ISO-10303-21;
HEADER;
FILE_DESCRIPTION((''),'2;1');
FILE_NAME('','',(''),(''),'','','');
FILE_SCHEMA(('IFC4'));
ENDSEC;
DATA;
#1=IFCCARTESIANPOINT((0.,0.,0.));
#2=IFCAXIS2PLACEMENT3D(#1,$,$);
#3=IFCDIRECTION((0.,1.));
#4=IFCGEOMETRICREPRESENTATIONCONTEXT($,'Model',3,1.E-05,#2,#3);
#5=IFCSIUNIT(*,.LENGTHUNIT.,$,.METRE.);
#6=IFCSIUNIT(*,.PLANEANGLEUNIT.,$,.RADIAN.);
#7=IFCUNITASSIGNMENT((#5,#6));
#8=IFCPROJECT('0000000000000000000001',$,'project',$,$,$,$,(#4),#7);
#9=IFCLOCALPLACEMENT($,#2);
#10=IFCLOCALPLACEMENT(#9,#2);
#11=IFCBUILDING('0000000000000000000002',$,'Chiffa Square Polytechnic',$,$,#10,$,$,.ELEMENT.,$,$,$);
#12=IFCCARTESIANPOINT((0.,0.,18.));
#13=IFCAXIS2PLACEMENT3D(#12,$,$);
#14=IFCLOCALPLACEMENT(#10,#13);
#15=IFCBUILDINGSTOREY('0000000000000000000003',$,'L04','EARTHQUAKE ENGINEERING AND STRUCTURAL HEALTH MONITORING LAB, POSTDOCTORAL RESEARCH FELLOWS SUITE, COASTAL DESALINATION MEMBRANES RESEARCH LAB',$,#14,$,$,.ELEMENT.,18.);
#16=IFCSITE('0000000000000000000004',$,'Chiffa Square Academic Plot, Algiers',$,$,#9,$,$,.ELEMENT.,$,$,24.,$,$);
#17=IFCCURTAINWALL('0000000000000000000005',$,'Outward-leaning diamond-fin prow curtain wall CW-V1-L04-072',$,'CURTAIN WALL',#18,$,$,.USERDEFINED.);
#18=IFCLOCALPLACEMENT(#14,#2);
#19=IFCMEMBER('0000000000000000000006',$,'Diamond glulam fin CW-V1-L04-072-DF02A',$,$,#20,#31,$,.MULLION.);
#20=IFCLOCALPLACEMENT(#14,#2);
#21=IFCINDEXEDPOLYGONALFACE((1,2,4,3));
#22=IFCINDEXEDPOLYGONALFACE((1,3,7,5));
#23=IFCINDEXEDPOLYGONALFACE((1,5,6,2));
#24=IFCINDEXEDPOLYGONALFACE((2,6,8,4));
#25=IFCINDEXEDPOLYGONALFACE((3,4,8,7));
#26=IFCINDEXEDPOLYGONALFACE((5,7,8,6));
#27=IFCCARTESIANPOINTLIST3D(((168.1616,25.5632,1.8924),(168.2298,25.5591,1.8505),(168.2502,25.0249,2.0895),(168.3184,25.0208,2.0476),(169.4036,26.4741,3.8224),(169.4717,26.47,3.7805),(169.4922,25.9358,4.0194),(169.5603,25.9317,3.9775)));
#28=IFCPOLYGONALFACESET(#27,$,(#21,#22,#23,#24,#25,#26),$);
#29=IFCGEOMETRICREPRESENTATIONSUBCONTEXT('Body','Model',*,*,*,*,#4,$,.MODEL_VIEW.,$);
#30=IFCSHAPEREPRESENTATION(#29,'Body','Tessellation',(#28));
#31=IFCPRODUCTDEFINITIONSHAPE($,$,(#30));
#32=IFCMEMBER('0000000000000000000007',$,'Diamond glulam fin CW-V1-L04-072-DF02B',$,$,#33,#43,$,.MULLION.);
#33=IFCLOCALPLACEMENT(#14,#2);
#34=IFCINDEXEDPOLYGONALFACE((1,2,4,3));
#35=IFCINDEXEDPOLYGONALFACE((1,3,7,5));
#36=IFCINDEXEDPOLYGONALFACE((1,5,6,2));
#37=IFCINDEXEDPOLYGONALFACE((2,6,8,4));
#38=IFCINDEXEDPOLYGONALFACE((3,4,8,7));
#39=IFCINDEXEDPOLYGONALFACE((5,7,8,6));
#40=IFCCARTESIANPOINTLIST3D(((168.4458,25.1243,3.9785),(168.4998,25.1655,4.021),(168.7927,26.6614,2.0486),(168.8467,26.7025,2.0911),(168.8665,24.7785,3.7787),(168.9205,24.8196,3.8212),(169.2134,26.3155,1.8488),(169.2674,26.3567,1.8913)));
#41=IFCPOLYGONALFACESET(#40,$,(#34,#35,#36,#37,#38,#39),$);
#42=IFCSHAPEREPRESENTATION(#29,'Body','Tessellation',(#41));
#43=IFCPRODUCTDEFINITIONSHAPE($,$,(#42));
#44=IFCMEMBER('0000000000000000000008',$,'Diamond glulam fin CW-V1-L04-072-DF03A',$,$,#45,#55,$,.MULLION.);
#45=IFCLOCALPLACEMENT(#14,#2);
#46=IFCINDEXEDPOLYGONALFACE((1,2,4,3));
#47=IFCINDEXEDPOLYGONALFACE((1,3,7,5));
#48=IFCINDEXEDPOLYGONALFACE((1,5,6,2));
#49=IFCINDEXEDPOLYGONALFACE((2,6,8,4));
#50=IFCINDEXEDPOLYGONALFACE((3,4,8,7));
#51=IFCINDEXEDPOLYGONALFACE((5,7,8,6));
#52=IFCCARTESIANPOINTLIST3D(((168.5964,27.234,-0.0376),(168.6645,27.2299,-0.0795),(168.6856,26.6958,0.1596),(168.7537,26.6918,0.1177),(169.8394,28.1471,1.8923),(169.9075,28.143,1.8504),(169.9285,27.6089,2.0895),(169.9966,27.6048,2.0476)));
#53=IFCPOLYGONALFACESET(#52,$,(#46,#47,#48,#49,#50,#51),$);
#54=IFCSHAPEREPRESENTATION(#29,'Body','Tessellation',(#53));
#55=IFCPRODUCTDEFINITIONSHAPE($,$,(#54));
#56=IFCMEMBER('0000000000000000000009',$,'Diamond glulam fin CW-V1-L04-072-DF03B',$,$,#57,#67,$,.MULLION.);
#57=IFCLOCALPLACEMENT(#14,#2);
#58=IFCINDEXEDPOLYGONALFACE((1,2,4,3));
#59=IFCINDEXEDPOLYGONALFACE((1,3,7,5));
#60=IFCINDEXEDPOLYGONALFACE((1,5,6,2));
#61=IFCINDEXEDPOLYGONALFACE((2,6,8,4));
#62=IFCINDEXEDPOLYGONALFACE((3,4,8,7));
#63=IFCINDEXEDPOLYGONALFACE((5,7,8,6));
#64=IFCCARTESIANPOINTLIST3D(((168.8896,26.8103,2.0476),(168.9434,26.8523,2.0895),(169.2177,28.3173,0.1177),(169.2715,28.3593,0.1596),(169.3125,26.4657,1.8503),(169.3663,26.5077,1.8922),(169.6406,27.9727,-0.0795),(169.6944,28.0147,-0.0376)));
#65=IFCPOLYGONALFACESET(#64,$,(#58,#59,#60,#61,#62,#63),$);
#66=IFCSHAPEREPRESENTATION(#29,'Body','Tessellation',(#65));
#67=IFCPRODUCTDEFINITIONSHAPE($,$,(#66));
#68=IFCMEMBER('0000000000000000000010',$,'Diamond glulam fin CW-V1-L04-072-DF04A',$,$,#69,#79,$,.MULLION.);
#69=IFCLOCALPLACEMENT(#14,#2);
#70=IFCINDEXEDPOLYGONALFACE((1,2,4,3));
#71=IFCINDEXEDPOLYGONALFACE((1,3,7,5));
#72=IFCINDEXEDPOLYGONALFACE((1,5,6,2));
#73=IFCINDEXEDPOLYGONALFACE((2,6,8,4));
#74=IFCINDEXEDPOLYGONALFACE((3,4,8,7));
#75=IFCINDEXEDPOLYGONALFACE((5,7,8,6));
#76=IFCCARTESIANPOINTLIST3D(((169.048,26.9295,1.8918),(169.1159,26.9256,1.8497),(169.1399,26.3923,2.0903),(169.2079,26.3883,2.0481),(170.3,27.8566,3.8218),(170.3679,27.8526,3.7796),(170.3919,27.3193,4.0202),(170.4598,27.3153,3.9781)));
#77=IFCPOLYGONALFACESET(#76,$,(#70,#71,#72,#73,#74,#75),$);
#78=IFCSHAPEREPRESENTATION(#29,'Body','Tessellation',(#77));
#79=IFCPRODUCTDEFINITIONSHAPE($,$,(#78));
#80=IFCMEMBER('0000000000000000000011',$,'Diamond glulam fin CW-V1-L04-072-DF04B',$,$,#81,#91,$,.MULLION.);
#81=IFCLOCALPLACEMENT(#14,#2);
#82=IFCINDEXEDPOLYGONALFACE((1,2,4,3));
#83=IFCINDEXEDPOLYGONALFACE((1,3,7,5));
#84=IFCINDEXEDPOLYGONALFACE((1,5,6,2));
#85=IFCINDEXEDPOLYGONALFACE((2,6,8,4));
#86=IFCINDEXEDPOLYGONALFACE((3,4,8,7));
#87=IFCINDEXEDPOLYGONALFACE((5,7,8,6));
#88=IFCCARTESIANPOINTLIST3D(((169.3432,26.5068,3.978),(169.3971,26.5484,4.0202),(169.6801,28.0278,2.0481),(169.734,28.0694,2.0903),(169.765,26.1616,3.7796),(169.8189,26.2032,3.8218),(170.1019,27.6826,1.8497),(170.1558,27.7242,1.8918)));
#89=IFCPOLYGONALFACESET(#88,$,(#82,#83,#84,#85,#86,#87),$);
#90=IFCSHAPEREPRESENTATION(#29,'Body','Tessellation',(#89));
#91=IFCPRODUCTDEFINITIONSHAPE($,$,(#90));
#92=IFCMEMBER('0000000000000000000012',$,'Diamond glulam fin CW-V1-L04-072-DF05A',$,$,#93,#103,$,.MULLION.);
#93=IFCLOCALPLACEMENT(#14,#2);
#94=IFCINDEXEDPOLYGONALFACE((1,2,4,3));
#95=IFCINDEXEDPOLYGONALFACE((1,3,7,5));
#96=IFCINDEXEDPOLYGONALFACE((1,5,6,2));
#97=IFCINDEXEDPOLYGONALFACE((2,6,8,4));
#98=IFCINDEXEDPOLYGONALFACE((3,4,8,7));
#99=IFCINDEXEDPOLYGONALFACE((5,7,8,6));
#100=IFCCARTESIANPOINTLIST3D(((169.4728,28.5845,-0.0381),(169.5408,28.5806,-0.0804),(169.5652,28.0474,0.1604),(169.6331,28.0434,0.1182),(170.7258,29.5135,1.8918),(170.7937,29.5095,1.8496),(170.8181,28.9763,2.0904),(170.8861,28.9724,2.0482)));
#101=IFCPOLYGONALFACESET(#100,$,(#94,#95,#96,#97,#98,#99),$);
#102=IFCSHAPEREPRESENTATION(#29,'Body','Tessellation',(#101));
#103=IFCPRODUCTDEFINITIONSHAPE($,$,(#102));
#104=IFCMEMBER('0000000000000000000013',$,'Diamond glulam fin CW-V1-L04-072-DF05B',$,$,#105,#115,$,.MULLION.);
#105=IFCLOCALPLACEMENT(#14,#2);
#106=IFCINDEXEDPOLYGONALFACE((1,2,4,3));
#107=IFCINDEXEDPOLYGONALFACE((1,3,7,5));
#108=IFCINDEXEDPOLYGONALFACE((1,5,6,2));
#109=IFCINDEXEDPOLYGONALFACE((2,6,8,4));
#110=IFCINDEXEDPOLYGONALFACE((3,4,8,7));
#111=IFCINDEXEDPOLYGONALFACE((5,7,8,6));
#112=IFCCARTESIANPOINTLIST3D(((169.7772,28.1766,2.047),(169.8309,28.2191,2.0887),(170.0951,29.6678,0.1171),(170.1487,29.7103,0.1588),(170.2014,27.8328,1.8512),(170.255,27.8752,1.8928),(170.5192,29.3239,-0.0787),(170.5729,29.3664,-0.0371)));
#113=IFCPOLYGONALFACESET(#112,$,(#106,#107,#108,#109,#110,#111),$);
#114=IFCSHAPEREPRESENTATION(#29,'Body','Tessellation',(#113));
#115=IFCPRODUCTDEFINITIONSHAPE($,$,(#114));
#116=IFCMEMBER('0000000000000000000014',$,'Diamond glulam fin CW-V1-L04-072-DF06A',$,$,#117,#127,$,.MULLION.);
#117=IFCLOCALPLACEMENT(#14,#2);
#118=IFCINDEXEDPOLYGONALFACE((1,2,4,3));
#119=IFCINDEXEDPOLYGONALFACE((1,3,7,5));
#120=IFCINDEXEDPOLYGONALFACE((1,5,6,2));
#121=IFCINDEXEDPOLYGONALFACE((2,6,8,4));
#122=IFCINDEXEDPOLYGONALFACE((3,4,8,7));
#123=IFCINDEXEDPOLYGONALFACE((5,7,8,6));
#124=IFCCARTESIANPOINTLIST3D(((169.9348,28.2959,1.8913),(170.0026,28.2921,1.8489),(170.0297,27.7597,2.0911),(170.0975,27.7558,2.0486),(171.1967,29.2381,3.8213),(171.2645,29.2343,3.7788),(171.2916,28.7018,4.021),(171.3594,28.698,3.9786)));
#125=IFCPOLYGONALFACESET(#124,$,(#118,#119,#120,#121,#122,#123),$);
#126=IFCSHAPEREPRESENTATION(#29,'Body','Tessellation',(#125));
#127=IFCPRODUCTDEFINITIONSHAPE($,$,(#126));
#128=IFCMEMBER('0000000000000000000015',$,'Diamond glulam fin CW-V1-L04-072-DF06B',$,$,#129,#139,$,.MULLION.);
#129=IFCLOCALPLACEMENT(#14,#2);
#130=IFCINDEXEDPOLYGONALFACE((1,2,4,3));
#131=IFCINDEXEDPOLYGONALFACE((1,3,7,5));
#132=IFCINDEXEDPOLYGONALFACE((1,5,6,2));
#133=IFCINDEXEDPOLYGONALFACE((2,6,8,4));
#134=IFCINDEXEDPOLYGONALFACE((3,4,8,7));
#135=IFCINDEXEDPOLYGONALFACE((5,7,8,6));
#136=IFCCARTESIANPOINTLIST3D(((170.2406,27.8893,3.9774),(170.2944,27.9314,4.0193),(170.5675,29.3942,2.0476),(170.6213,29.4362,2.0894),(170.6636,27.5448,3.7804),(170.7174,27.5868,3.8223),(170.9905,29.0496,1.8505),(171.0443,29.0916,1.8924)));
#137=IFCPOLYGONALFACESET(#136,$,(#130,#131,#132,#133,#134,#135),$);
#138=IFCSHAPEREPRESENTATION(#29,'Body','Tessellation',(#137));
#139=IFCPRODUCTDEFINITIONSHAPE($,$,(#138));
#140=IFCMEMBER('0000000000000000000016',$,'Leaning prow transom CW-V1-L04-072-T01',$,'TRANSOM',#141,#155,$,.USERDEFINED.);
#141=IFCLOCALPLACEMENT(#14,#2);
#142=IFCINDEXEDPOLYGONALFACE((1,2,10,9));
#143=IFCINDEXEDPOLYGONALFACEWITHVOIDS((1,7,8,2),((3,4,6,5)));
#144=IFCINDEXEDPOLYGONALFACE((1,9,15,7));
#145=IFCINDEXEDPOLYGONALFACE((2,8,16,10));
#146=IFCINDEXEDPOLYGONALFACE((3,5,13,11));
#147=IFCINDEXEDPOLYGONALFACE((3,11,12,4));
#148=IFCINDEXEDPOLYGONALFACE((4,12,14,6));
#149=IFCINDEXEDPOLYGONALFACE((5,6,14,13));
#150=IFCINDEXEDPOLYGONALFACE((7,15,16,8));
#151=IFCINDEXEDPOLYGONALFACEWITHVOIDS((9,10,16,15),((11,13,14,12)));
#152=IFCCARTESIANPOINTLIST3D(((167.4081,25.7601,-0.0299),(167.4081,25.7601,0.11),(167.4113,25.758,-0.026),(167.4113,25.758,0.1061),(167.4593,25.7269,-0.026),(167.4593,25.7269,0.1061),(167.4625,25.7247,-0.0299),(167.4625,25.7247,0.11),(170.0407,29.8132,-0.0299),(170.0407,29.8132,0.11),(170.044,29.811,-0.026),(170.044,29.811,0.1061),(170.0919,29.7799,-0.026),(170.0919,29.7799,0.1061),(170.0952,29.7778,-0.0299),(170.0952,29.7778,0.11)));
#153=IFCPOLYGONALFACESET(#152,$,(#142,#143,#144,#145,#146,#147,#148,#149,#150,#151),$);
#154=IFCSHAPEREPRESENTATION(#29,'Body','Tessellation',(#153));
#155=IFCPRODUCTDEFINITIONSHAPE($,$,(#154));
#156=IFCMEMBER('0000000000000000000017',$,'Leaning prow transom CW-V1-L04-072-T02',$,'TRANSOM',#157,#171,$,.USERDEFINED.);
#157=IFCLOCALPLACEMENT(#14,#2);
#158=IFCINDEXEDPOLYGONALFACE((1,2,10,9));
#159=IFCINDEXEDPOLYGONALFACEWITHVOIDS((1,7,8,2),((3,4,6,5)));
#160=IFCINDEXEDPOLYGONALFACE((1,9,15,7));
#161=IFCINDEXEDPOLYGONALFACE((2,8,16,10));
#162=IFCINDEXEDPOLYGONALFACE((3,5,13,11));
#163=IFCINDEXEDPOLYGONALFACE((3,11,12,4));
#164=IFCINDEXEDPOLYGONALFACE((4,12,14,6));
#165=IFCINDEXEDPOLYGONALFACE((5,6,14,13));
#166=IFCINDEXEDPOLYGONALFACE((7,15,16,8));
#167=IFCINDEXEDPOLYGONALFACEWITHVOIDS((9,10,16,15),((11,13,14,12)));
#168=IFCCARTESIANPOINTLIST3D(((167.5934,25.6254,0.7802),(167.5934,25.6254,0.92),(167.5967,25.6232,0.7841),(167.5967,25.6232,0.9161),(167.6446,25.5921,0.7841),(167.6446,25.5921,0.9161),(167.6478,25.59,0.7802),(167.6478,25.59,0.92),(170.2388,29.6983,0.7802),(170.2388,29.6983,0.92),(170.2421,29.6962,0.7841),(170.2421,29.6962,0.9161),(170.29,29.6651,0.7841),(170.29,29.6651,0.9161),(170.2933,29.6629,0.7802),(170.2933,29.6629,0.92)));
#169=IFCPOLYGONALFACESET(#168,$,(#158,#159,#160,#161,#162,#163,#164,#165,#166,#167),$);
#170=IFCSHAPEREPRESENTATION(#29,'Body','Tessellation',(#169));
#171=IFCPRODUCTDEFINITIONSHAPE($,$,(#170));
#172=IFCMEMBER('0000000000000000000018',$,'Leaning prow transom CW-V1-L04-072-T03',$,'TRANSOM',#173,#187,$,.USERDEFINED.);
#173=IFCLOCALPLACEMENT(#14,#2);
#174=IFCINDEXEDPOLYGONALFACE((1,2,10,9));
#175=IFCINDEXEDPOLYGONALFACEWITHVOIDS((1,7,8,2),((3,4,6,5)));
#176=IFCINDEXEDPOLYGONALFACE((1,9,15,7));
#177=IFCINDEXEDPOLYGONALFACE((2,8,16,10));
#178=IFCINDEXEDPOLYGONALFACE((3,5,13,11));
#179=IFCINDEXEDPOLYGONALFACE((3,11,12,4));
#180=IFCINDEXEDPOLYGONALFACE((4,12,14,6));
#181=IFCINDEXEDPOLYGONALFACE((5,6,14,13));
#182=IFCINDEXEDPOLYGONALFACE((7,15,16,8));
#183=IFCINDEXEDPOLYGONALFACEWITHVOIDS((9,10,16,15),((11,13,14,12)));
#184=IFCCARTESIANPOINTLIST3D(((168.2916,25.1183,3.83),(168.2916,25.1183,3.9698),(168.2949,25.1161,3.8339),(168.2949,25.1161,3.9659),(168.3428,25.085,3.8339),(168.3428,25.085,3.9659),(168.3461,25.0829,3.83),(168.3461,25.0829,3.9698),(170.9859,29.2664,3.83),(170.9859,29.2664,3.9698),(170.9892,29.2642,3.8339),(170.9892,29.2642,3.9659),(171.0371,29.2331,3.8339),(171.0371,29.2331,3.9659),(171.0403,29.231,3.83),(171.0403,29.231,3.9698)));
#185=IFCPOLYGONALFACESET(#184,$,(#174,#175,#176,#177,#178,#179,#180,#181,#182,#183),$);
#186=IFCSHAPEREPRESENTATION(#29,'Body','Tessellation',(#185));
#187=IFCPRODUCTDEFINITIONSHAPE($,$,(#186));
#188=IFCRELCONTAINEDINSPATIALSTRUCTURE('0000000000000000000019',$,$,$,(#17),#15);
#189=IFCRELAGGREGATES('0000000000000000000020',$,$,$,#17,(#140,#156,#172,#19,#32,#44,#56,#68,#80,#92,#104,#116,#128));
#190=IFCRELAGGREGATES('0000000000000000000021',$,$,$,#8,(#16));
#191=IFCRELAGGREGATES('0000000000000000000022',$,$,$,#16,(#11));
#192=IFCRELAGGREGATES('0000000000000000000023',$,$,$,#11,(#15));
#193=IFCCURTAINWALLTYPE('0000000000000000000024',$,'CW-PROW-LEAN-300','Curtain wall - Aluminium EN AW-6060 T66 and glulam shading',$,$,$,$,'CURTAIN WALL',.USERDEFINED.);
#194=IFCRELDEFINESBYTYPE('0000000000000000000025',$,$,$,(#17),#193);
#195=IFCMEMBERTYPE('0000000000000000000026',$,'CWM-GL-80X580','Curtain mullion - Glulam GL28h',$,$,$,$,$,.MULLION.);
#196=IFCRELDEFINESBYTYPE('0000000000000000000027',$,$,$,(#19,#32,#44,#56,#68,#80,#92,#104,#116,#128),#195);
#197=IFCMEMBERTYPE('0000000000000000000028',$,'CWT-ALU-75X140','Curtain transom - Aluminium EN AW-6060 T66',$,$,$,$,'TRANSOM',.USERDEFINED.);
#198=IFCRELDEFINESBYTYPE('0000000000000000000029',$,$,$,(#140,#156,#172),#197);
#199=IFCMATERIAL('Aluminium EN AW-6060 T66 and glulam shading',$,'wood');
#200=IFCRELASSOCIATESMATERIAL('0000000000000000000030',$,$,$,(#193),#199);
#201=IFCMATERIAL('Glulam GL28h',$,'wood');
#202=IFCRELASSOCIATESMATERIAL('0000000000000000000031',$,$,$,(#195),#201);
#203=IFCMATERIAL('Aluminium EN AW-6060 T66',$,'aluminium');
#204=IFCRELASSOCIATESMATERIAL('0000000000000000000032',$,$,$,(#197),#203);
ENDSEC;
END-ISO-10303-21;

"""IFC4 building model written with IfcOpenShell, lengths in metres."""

from ifc_helpers import new_model, si_unit, direction, frame, origin, origin_2d, place, context, subcontext, project, spatial, rectangle, hollow_rectangle, extrude, material, material_profile, profile_set, type_object, element, aggregate, save


model = new_model("IFC4")

# Units and contexts
model_context = context("Model", 3, precision=1e-05, world=origin(), true_north=direction((0.0, 1.0)))
body_context = subcontext(model_context, "Body", "Model", "MODEL_VIEW")
ifc_project = project(units=[si_unit("LENGTHUNIT", "METRE"), si_unit("PLANEANGLEUNIT", "RADIAN")], contexts=[model_context])

# Site, building, storey
site_placement = place(None, origin())
site = spatial("IfcSite", under=ifc_project, at=site_placement, Name="Chiffa Square Academic Plot, Algiers", CompositionType="ELEMENT", RefElevation=24.0)
building_placement = place(site_placement, origin())
building = spatial("IfcBuilding", under=site, at=building_placement, Name="Chiffa Square Polytechnic", CompositionType="ELEMENT")
storey_placement = place(building_placement, frame((0.0, 0.0, 18.0)))
storey = spatial("IfcBuildingStorey", under=building, at=storey_placement, Name="L04", Description="EARTHQUAKE ENGINEERING AND STRUCTURAL HEALTH MONITORING LAB, POSTDOCTORAL RESEARCH FELLOWS SUITE, COASTAL DESALINATION MEMBRANES RESEARCH LAB", CompositionType="ELEMENT", Elevation=18.0)

# Shared definitions
ifc_material_1 = material(Name="Aluminium EN AW-6060 T66 and glulam shading", Category="wood")
ifc_material_2 = material(Name="Aluminium EN AW-6060 T66", Category="aluminium")

# Curtain wall
curtain_wall_type_1 = type_object("IfcCurtainWallType", Name="CW-PROW-LEAN-300", Description="Curtain wall - Aluminium EN AW-6060 T66 and glulam shading", ElementType="CURTAIN WALL", PredefinedType="USERDEFINED", material=ifc_material_1)
curtain_wall_1_placement = place(storey_placement, origin())
curtain_wall_1 = element("IfcCurtainWall", 1, at=curtain_wall_1_placement, inside=storey, type_object=curtain_wall_type_1, Name="Outward-leaning diamond-fin prow curtain wall CW-V1-L04-072", ObjectType="CURTAIN WALL", PredefinedType="USERDEFINED")

# Members
ifc_material_3 = material(Name="Glulam GL28h", Category="wood")
ifc_material_profile_1 = material_profile(ifc_material_3, rectangle(XDim=0.0801, YDim=0.5801, at=origin_2d()), Name="GL28h 80x580")
ifc_profile_set_1 = profile_set([ifc_material_profile_1], Name="Glulam GL28h")
member_type_1 = type_object("IfcMemberType", Name="CWM-GL-80X580", Description="Curtain mullion - Glulam GL28h", PredefinedType="MULLION", material=ifc_profile_set_1)
member_1_placement = place(storey_placement, frame((168.24, 25.292, 1.97), z_axis=(0.502981, 0.368905, 0.781613), x_axis=(-0.850694, 0.051493, 0.523132)))
member_1 = element("IfcMember", 2, at=member_1_placement, type_object=member_type_1, Name="Diamond glulam fin CW-V1-L04-072-DF02A", PredefinedType="MULLION", context=body_context, shape_type="SweptSolid", body=[
    extrude(rectangle(XDim=0.0801, YDim=0.5801, at=origin_2d()), origin(), (0.0, 0.0, 1.0), 2.4692),
])
member_2_placement = place(storey_placement, frame((169.03, 26.509, 1.97), z_axis=(-0.139242, -0.616935, 0.774599), x_axis=(0.674299, 0.513785, 0.53042)))
member_2 = element("IfcMember", 3, at=member_2_placement, type_object=member_type_1, Name="Diamond glulam fin CW-V1-L04-072-DF02B", PredefinedType="MULLION", context=body_context, shape_type="SweptSolid", body=[
    extrude(rectangle(XDim=0.0801, YDim=0.5801, at=origin_2d()), origin(), (0.0, 0.0, 1.0), 2.4915),
])
member_3_placement = place(storey_placement, frame((168.675, 26.9629, 0.04), z_axis=(0.503111, 0.3696, 0.781201), x_axis=(-0.850456, 0.051039, 0.523565)))
member_3 = element("IfcMember", 4, at=member_3_placement, type_object=member_type_1, Name="Diamond glulam fin CW-V1-L04-072-DF03A", PredefinedType="MULLION", context=body_context, shape_type="SweptSolid", body=[
    extrude(rectangle(XDim=0.0801, YDim=0.5801, at=origin_2d()), origin(), (0.0, 0.0, 1.0), 2.4705),
])
member_4_placement = place(storey_placement, frame((169.4561, 28.166, 0.04), z_axis=(-0.132815, -0.610019, 0.781176), x_axis=(0.671547, 0.524287, 0.523591)))
member_4 = element("IfcMember", 5, at=member_4_placement, type_object=member_type_1, Name="Diamond glulam fin CW-V1-L04-072-DF03B", PredefinedType="MULLION", context=body_context, shape_type="SweptSolid", body=[
    extrude(rectangle(XDim=0.0801, YDim=0.5801, at=origin_2d()), origin(), (0.0, 0.0, 1.0), 2.4705),
])
member_5_placement = place(storey_placement, frame((169.1279, 26.6589, 1.97), z_axis=(0.504781, 0.373762, 0.778138), x_axis=(-0.848577, 0.049365, 0.526764)))
member_5 = element("IfcMember", 6, at=member_5_placement, type_object=member_type_1, Name="Diamond glulam fin CW-V1-L04-072-DF04A", PredefinedType="MULLION", context=body_context, shape_type="SweptSolid", body=[
    extrude(rectangle(XDim=0.0801, YDim=0.5801, at=origin_2d()), origin(), (0.0, 0.0, 1.0), 2.4802),
])
member_6_placement = place(storey_placement, frame((169.918, 27.876, 1.97), z_axis=(-0.135839, -0.613246, 0.778124), x_axis=(0.672883, 0.519358, 0.526778)))
member_6 = element("IfcMember", 7, at=member_6_placement, type_object=member_type_1, Name="Diamond glulam fin CW-V1-L04-072-DF04B", PredefinedType="MULLION", context=body_context, shape_type="SweptSolid", body=[
    extrude(rectangle(XDim=0.0801, YDim=0.5801, at=origin_2d()), origin(), (0.0, 0.0, 1.0), 2.4802),
])
member_7_placement = place(storey_placement, frame((169.553, 28.314, 0.04), z_axis=(0.504925, 0.374365, 0.777754), x_axis=(-0.84835, 0.049018, 0.527162)))
member_7 = element("IfcMember", 8, at=member_7_placement, type_object=member_type_1, Name="Diamond glulam fin CW-V1-L04-072-DF05A", PredefinedType="MULLION", context=body_context, shape_type="SweptSolid", body=[
    extrude(rectangle(XDim=0.0801, YDim=0.5801, at=origin_2d()), origin(), (0.0, 0.0, 1.0), 2.4814),
])
member_8_placement = place(storey_placement, frame((170.334, 29.5171, 0.04), z_axis=(-0.12924, -0.606294, 0.784668), x_axis=(0.669867, 0.530072, 0.519905)))
member_8 = element("IfcMember", 9, at=member_8_placement, type_object=member_type_1, Name="Diamond glulam fin CW-V1-L04-072-DF05B", PredefinedType="MULLION", context=body_context, shape_type="SweptSolid", body=[
    extrude(rectangle(XDim=0.0801, YDim=0.5801, at=origin_2d()), origin(), (0.0, 0.0, 1.0), 2.4595),
])
member_9_placement = place(storey_placement, frame((170.0161, 28.0259, 1.97), z_axis=(0.50662, 0.378225, 0.774779), x_axis=(-0.846508, 0.047704, 0.530235)))
member_9 = element("IfcMember", 10, at=member_9_placement, type_object=member_type_1, Name="Diamond glulam fin CW-V1-L04-072-DF06A", PredefinedType="MULLION", context=body_context, shape_type="SweptSolid", body=[
    extrude(rectangle(XDim=0.0801, YDim=0.5801, at=origin_2d()), origin(), (0.0, 0.0, 1.0), 2.491),
])
member_10_placement = place(storey_placement, frame((170.8059, 29.2429, 1.97), z_axis=(-0.132401, -0.6095, 0.781652), x_axis=(0.671385, 0.524993, 0.523092)))
member_10 = element("IfcMember", 11, at=member_10_placement, type_object=member_type_1, Name="Diamond glulam fin CW-V1-L04-072-DF06B", PredefinedType="MULLION", context=body_context, shape_type="SweptSolid", body=[
    extrude(rectangle(XDim=0.0801, YDim=0.5801, at=origin_2d()), origin(), (0.0, 0.0, 1.0), 2.469),
])
ifc_material_profile_2 = material_profile(ifc_material_2, hollow_rectangle(XDim=0.0649, YDim=0.1399, WallThickness=0.0039, at=origin_2d()), Name="ALU 65x140x4")
ifc_profile_set_2 = profile_set([ifc_material_profile_2], Name="Aluminium EN AW-6060 T66")
member_type_2 = type_object("IfcMemberType", Name="CWT-ALU-75X140", Description="Curtain transom - Aluminium EN AW-6060 T66", ElementType="TRANSOM", PredefinedType="USERDEFINED", material=ifc_profile_set_2)
member_11_placement = place(storey_placement, frame((167.4353, 25.7424, 0.04), z_axis=(0.544717, 0.83862, 0.0), x_axis=(-0.83862, 0.544717, 0.0)))
member_11 = element("IfcMember", 12, at=member_11_placement, type_object=member_type_2, Name="Leaning prow transom CW-V1-L04-072-T01", ObjectType="TRANSOM", PredefinedType="USERDEFINED", context=body_context, shape_type="SweptSolid", body=[
    extrude(hollow_rectangle(XDim=0.0649, YDim=0.1399, WallThickness=0.0039, at=origin_2d()), origin(), (0.0, 0.0, 1.0), 4.833),
])
member_12_placement = place(storey_placement, frame((167.6206, 25.6077, 0.8501), z_axis=(0.544707, 0.838626, 0.0), x_axis=(-0.838626, 0.544707, 0.0)))
member_12 = element("IfcMember", 13, at=member_12_placement, type_object=member_type_2, Name="Leaning prow transom CW-V1-L04-072-T02", ObjectType="TRANSOM", PredefinedType="USERDEFINED", context=body_context, shape_type="SweptSolid", body=[
    extrude(hollow_rectangle(XDim=0.0649, YDim=0.1399, WallThickness=0.0039, at=origin_2d()), origin(), (0.0, 0.0, 1.0), 4.8567),
])
member_13_placement = place(storey_placement, frame((168.3188, 25.1006, 3.8999), z_axis=(0.544706, 0.838627, 0.0), x_axis=(-0.838627, 0.544706, 0.0)))
member_13 = element("IfcMember", 14, at=member_13_placement, type_object=member_type_2, Name="Leaning prow transom CW-V1-L04-072-T03", ObjectType="TRANSOM", PredefinedType="USERDEFINED", context=body_context, shape_type="SweptSolid", body=[
    extrude(hollow_rectangle(XDim=0.0649, YDim=0.1399, WallThickness=0.0039, at=origin_2d()), origin(), (0.0, 0.0, 1.0), 4.9463),
])

aggregate(curtain_wall_1, [member_11, member_12, member_13, member_1, member_2, member_3, member_4, member_5, member_6, member_7, member_8, member_9, member_10])

save(model, "model.ifc")
